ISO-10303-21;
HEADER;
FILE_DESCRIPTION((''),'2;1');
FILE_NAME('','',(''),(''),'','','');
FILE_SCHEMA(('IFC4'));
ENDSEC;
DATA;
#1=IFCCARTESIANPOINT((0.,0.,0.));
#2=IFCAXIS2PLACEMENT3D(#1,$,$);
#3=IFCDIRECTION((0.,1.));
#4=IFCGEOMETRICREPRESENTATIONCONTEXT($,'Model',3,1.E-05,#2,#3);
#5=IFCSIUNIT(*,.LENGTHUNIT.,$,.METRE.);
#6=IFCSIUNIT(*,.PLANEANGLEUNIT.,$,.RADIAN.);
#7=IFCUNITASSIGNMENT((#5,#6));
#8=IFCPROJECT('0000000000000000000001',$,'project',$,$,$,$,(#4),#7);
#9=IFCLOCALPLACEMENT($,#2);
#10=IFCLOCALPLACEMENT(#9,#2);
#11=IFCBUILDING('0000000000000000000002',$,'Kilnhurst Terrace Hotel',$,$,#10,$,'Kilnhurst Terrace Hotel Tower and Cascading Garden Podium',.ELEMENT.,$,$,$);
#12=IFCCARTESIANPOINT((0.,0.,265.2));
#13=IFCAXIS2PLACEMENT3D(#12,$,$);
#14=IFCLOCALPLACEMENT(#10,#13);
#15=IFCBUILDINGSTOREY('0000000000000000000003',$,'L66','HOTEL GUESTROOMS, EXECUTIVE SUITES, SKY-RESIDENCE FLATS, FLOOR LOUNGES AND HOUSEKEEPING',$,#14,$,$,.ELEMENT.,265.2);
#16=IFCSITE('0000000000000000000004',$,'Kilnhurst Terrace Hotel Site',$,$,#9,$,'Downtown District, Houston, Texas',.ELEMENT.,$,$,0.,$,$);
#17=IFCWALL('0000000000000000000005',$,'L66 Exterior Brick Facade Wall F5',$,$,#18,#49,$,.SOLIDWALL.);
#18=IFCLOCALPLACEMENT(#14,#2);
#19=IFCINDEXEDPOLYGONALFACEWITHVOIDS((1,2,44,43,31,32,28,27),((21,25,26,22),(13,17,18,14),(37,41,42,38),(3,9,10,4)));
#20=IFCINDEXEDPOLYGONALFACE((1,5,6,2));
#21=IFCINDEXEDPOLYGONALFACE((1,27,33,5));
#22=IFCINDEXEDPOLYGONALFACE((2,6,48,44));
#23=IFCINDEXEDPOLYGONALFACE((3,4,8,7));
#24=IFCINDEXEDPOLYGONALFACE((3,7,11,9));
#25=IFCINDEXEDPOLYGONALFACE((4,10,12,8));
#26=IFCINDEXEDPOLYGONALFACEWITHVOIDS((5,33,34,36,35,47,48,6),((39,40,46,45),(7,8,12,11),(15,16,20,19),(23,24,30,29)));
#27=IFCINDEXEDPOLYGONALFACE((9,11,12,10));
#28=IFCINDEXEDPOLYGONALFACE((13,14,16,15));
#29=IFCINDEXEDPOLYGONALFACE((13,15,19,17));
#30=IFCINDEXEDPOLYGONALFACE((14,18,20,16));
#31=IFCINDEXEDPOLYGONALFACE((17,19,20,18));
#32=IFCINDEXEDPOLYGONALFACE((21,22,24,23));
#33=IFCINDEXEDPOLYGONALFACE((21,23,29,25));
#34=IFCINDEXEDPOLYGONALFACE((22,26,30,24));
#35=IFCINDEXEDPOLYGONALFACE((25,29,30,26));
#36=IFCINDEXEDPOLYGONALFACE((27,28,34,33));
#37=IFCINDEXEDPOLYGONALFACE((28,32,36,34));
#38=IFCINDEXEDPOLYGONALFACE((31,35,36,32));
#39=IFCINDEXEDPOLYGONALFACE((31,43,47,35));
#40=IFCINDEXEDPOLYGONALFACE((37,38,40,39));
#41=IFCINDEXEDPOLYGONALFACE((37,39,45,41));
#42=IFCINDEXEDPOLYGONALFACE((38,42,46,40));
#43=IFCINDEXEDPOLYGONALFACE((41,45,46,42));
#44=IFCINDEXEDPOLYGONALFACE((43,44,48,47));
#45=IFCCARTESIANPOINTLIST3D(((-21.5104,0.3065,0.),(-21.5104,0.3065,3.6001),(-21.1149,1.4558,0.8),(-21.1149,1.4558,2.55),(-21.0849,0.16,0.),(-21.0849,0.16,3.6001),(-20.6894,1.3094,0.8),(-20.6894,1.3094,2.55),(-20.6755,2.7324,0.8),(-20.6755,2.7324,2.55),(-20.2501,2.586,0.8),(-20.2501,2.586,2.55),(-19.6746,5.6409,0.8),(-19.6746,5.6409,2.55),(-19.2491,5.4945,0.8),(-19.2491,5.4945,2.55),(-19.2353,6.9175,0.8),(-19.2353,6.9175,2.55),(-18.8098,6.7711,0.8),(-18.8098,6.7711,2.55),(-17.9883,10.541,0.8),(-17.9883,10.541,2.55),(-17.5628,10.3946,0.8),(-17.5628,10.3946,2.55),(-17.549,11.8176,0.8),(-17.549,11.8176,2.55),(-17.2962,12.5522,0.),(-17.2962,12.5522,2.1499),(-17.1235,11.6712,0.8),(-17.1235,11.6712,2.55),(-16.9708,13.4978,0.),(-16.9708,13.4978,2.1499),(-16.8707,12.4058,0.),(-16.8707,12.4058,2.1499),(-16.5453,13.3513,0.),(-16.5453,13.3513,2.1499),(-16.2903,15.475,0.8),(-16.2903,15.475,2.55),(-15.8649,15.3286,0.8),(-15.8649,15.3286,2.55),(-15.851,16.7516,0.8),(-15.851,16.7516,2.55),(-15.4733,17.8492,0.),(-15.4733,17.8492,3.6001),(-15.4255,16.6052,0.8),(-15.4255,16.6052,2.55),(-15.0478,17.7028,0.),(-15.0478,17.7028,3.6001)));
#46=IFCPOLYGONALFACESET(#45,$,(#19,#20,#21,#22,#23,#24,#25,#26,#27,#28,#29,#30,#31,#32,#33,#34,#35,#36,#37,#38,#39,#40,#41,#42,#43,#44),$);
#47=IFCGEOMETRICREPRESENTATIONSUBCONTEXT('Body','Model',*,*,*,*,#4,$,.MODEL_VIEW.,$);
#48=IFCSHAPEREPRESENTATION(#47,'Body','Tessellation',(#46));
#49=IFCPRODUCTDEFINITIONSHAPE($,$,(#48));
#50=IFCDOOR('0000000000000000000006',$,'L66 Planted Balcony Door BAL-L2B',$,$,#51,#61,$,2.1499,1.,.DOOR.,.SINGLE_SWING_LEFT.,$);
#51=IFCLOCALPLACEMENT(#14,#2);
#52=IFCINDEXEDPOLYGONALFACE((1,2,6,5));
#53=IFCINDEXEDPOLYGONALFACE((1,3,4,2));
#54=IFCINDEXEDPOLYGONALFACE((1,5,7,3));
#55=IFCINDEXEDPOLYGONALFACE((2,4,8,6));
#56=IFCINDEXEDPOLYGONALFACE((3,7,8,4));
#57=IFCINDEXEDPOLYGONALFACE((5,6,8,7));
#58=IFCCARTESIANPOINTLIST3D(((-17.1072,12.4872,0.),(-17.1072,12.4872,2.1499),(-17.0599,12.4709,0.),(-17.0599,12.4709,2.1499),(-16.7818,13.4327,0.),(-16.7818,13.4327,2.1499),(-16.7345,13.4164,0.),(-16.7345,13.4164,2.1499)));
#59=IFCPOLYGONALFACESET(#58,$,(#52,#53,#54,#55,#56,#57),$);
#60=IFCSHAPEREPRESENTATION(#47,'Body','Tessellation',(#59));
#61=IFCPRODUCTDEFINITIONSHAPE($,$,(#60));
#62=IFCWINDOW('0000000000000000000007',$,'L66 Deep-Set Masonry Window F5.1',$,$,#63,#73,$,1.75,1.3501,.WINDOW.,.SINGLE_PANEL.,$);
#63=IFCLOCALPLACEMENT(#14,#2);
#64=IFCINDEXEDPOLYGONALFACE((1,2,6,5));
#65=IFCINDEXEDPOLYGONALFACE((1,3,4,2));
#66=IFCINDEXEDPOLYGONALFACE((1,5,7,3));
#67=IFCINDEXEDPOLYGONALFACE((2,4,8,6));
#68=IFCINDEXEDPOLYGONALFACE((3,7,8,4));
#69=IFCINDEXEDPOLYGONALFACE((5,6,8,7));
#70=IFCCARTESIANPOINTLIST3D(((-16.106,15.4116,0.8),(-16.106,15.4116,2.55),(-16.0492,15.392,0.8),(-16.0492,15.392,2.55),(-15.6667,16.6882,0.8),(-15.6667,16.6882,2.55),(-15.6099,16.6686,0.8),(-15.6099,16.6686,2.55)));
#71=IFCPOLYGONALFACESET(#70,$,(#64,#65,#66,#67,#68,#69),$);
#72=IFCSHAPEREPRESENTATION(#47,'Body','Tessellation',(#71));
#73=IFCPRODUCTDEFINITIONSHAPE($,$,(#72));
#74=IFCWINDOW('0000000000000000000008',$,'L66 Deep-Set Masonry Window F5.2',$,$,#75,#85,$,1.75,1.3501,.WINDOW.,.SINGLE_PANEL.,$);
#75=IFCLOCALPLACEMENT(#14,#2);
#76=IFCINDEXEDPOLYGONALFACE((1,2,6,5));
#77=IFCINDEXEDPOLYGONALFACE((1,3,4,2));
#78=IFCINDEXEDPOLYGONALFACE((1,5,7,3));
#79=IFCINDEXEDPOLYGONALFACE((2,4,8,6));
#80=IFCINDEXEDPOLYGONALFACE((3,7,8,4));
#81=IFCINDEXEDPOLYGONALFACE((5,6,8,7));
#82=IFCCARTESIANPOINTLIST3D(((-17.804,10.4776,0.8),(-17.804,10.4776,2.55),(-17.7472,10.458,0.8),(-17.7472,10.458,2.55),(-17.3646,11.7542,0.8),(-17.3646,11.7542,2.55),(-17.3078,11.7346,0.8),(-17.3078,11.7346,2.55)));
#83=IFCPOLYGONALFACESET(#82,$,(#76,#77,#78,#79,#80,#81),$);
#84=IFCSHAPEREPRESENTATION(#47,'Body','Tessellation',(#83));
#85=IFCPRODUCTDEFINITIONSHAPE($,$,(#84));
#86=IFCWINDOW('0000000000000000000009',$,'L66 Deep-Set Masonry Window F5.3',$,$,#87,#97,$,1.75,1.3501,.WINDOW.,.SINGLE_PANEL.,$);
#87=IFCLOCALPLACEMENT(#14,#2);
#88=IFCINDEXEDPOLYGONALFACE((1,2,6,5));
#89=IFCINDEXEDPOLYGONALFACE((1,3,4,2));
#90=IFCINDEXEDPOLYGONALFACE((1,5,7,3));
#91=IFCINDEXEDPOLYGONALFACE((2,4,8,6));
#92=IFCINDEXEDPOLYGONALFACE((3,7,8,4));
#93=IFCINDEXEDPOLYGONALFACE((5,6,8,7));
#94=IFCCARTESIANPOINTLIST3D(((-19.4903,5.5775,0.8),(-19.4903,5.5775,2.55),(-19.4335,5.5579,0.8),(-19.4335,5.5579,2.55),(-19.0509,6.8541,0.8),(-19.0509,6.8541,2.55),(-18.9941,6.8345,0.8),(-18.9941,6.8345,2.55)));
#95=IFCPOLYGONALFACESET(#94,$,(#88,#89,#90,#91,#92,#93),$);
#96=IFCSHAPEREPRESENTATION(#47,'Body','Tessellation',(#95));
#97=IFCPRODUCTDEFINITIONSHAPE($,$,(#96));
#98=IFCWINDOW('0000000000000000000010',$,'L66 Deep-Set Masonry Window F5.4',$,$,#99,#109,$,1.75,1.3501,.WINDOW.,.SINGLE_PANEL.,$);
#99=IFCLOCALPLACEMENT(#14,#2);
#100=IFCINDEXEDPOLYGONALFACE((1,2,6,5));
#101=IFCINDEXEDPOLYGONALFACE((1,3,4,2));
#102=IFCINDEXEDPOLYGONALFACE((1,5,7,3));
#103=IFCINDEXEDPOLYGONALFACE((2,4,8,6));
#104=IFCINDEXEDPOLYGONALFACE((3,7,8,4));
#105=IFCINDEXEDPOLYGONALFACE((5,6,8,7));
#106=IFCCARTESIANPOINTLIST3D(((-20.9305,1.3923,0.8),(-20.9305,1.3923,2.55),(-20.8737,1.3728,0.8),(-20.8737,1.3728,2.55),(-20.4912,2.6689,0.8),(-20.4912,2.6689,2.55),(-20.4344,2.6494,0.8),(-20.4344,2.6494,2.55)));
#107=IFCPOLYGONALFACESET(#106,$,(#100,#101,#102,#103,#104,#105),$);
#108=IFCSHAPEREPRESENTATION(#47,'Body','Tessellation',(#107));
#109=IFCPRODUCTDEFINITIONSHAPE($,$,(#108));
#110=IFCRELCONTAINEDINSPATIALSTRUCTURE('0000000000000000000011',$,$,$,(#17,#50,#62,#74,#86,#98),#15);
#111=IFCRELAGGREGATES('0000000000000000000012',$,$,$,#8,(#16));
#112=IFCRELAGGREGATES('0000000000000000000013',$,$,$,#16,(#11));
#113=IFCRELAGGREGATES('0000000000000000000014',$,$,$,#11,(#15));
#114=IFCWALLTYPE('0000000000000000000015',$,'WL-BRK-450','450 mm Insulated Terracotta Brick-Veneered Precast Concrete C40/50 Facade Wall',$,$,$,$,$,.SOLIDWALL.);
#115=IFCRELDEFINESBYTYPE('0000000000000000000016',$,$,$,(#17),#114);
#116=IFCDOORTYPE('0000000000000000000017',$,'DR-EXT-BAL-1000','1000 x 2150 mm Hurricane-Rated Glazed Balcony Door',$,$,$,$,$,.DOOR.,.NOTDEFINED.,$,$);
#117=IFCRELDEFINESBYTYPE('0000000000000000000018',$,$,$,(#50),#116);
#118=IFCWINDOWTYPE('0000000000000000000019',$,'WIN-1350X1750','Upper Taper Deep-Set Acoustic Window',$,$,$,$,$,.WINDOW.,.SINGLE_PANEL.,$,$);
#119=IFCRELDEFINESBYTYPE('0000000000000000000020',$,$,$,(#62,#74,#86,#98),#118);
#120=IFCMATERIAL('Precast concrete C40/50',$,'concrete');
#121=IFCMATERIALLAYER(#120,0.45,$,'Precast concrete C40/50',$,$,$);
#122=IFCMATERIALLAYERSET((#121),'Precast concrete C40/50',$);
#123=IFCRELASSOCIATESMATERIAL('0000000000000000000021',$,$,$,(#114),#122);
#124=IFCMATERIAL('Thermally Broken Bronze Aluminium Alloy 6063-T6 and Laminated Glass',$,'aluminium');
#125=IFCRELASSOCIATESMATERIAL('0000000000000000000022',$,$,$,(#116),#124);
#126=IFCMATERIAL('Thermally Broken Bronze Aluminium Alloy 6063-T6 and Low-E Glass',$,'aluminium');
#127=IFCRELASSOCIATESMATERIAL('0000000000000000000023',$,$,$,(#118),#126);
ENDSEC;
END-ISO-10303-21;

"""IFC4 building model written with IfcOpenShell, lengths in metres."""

from ifc_helpers import new_model, si_unit, direction, frame, frame_2d, origin, place, context, subcontext, project, spatial, rectangle, extrude, material, layer, layer_set, type_object, element, fill, save


model = new_model("IFC4")

# Units and contexts
model_context = context("Model", 3, precision=1e-05, world=origin(), true_north=direction((0.0, 1.0)))
body_context = subcontext(model_context, "Body", "Model", "MODEL_VIEW")
ifc_project = project(units=[si_unit("LENGTHUNIT", "METRE"), si_unit("PLANEANGLEUNIT", "RADIAN")], contexts=[model_context])

# Site, building, storey
site_placement = place(None, origin())
site = spatial("IfcSite", under=ifc_project, at=site_placement, Name="Kilnhurst Terrace Hotel Site", LongName="Downtown District, Houston, Texas", CompositionType="ELEMENT", RefElevation=0.0)
building_placement = place(site_placement, origin())
building = spatial("IfcBuilding", under=site, at=building_placement, Name="Kilnhurst Terrace Hotel", LongName="Kilnhurst Terrace Hotel Tower and Cascading Garden Podium", CompositionType="ELEMENT")
storey_placement = place(building_placement, frame((0.0, 0.0, 265.2)))
storey = spatial("IfcBuildingStorey", under=building, at=storey_placement, Name="L66", Description="HOTEL GUESTROOMS, EXECUTIVE SUITES, SKY-RESIDENCE FLATS, FLOOR LOUNGES AND HOUSEKEEPING", CompositionType="ELEMENT", Elevation=265.2)

# Shared definitions
ifc_material_1 = material(Name="Precast concrete C40/50", Category="concrete")
ifc_layer_1 = layer(ifc_material_1, 0.45, Name="Precast concrete C40/50")
ifc_layer_set_1 = layer_set([ifc_layer_1], Name="Precast concrete C40/50")
wall_type_1 = type_object("IfcWallType", Name="WL-BRK-450", Description="450 mm Insulated Terracotta Brick-Veneered Precast Concrete C40/50 Facade Wall", PredefinedType="SOLIDWALL", material=ifc_layer_set_1)

# Wall, openings, door, windows
wall_1_placement = place(storey_placement, frame((-15.2605, 17.7761, 0.0), z_axis=(0.0, 0.0, 1.0), x_axis=(-0.325407, -0.945574, 0.0)))
wall_1 = element("IfcWall", 1, at=wall_1_placement, inside=storey, type_object=wall_type_1, Name="L66 Exterior Brick Facade Wall F5", PredefinedType="SOLIDWALL", context=body_context, shape_type="SweptSolid", body=[
    extrude(rectangle(XDim=18.5525, YDim=0.45, at=frame_2d((9.2764, 0.0))), origin(), (0.0, 0.0, 1.0), 3.6001),
])
opening_1_placement = place(wall_1_placement, frame((4.6021, 0.0, 0.0)))
opening_1 = element("IfcOpeningElement", 2, at=opening_1_placement, cuts=wall_1, PredefinedType="OPENING", context=body_context, shape_type="SweptSolid", body=[
    extrude(rectangle(XDim=1.0, YDim=2.1499, at=frame_2d((0.5, 1.075))), frame((0.0, 0.2349, 0.0), z_axis=(0.0, -1.0, 0.0), x_axis=(1.0, 0.0, 0.0)), (0.0, 0.0, 1.0), 0.47),
])
opening_2_placement = place(wall_1_placement, frame((1.1609, 0.0, 0.8)))
opening_2 = element("IfcOpeningElement", 3, at=opening_2_placement, cuts=wall_1, PredefinedType="OPENING", context=body_context, shape_type="SweptSolid", body=[
    extrude(rectangle(XDim=1.3501, YDim=1.75, at=frame_2d((0.675, 0.875))), frame((0.0, 0.2349, 0.0), z_axis=(0.0, -1.0, 0.0), x_axis=(1.0, 0.0, 0.0)), (0.0, 0.0, 1.0), 0.47),
])
opening_3_placement = place(wall_1_placement, frame((6.3789, 0.0, 0.8)))
opening_3 = element("IfcOpeningElement", 4, at=opening_3_placement, cuts=wall_1, PredefinedType="OPENING", context=body_context, shape_type="SweptSolid", body=[
    extrude(rectangle(XDim=1.3501, YDim=1.75, at=frame_2d((0.675, 0.875))), frame((0.0, 0.2349, 0.0), z_axis=(0.0, -1.0, 0.0), x_axis=(1.0, 0.0, 0.0)), (0.0, 0.0, 1.0), 0.47),
])
opening_4_placement = place(wall_1_placement, frame((11.561, 0.0, 0.8)))
opening_4 = element("IfcOpeningElement", 5, at=opening_4_placement, cuts=wall_1, PredefinedType="OPENING", context=body_context, shape_type="SweptSolid", body=[
    extrude(rectangle(XDim=1.3501, YDim=1.75, at=frame_2d((0.675, 0.875))), frame((0.0, 0.2349, 0.0), z_axis=(0.0, -1.0, 0.0), x_axis=(1.0, 0.0, 0.0)), (0.0, 0.0, 1.0), 0.47),
])
opening_5_placement = place(wall_1_placement, frame((15.9871, 0.0, 0.8)))
opening_5 = element("IfcOpeningElement", 6, at=opening_5_placement, cuts=wall_1, PredefinedType="OPENING", context=body_context, shape_type="SweptSolid", body=[
    extrude(rectangle(XDim=1.3501, YDim=1.75, at=frame_2d((0.675, 0.875))), frame((0.0, 0.2349, 0.0), z_axis=(0.0, -1.0, 0.0), x_axis=(1.0, 0.0, 0.0)), (0.0, 0.0, 1.0), 0.47),
])
ifc_material_2 = material(Name="Thermally Broken Bronze Aluminium Alloy 6063-T6 and Laminated Glass", Category="aluminium")
door_type_1 = type_object("IfcDoorType", Name="DR-EXT-BAL-1000", Description="1000 x 2150 mm Hurricane-Rated Glazed Balcony Door", OperationType="NOTDEFINED", PredefinedType="DOOR", material=ifc_material_2)
door_1_placement = place(opening_1_placement, origin())
door_1 = element("IfcDoor", 7, at=door_1_placement, inside=storey, type_object=door_type_1, Name="L66 Planted Balcony Door BAL-L2B", OperationType="SINGLE_SWING_LEFT", OverallHeight=2.1499, OverallWidth=1.0, PredefinedType="DOOR", context=body_context, shape_type="SweptSolid", body=[
    extrude(rectangle(XDim=1.0, YDim=2.1499, at=frame_2d((0.5, 1.075))), frame((0.0, 0.0249, 0.0), z_axis=(0.0, -1.0, 0.0), x_axis=(1.0, 0.0, 0.0)), (0.0, 0.0, 1.0), 0.05),
])
fill(opening_1, door_1)
ifc_material_3 = material(Name="Thermally Broken Bronze Aluminium Alloy 6063-T6 and Low-E Glass", Category="aluminium")
window_type = type_object("IfcWindowType", Name="WIN-1350X1750", Description="Upper Taper Deep-Set Acoustic Window", PartitioningType="SINGLE_PANEL", PredefinedType="WINDOW", material=ifc_material_3)
window_1_placement = place(opening_2_placement, origin())
window_1 = element("IfcWindow", 8, at=window_1_placement, inside=storey, type_object=window_type, Name="L66 Deep-Set Masonry Window F5.1", OverallHeight=1.75, OverallWidth=1.3501, PartitioningType="SINGLE_PANEL", PredefinedType="WINDOW", context=body_context, shape_type="SweptSolid", body=[
    extrude(rectangle(XDim=1.3501, YDim=1.75, at=frame_2d((0.675, 0.875))), frame((0.0, 0.03, 0.0), z_axis=(0.0, -1.0, 0.0), x_axis=(1.0, 0.0, 0.0)), (0.0, 0.0, 1.0), 0.0601),
])
fill(opening_2, window_1)
window_2_placement = place(opening_3_placement, origin())
window_2 = element("IfcWindow", 9, at=window_2_placement, inside=storey, type_object=window_type, Name="L66 Deep-Set Masonry Window F5.2", OverallHeight=1.75, OverallWidth=1.3501, PartitioningType="SINGLE_PANEL", PredefinedType="WINDOW", context=body_context, shape_type="SweptSolid", body=[
    extrude(rectangle(XDim=1.3501, YDim=1.75, at=frame_2d((0.675, 0.875))), frame((0.0, 0.03, 0.0), z_axis=(0.0, -1.0, 0.0), x_axis=(1.0, 0.0, 0.0)), (0.0, 0.0, 1.0), 0.0601),
])
fill(opening_3, window_2)
window_3_placement = place(opening_4_placement, origin())
window_3 = element("IfcWindow", 10, at=window_3_placement, inside=storey, type_object=window_type, Name="L66 Deep-Set Masonry Window F5.3", OverallHeight=1.75, OverallWidth=1.3501, PartitioningType="SINGLE_PANEL", PredefinedType="WINDOW", context=body_context, shape_type="SweptSolid", body=[
    extrude(rectangle(XDim=1.3501, YDim=1.75, at=frame_2d((0.675, 0.875))), frame((0.0, 0.03, 0.0), z_axis=(0.0, -1.0, 0.0), x_axis=(1.0, 0.0, 0.0)), (0.0, 0.0, 1.0), 0.0601),
])
fill(opening_4, window_3)
window_4_placement = place(opening_5_placement, origin())
window_4 = element("IfcWindow", 11, at=window_4_placement, inside=storey, type_object=window_type, Name="L66 Deep-Set Masonry Window F5.4", OverallHeight=1.75, OverallWidth=1.3501, PartitioningType="SINGLE_PANEL", PredefinedType="WINDOW", context=body_context, shape_type="SweptSolid", body=[
    extrude(rectangle(XDim=1.3501, YDim=1.75, at=frame_2d((0.675, 0.875))), frame((0.0, 0.03, 0.0), z_axis=(0.0, -1.0, 0.0), x_axis=(1.0, 0.0, 0.0)), (0.0, 0.0, 1.0), 0.0601),
])
fill(opening_5, window_4)

save(model, "model.ifc")
